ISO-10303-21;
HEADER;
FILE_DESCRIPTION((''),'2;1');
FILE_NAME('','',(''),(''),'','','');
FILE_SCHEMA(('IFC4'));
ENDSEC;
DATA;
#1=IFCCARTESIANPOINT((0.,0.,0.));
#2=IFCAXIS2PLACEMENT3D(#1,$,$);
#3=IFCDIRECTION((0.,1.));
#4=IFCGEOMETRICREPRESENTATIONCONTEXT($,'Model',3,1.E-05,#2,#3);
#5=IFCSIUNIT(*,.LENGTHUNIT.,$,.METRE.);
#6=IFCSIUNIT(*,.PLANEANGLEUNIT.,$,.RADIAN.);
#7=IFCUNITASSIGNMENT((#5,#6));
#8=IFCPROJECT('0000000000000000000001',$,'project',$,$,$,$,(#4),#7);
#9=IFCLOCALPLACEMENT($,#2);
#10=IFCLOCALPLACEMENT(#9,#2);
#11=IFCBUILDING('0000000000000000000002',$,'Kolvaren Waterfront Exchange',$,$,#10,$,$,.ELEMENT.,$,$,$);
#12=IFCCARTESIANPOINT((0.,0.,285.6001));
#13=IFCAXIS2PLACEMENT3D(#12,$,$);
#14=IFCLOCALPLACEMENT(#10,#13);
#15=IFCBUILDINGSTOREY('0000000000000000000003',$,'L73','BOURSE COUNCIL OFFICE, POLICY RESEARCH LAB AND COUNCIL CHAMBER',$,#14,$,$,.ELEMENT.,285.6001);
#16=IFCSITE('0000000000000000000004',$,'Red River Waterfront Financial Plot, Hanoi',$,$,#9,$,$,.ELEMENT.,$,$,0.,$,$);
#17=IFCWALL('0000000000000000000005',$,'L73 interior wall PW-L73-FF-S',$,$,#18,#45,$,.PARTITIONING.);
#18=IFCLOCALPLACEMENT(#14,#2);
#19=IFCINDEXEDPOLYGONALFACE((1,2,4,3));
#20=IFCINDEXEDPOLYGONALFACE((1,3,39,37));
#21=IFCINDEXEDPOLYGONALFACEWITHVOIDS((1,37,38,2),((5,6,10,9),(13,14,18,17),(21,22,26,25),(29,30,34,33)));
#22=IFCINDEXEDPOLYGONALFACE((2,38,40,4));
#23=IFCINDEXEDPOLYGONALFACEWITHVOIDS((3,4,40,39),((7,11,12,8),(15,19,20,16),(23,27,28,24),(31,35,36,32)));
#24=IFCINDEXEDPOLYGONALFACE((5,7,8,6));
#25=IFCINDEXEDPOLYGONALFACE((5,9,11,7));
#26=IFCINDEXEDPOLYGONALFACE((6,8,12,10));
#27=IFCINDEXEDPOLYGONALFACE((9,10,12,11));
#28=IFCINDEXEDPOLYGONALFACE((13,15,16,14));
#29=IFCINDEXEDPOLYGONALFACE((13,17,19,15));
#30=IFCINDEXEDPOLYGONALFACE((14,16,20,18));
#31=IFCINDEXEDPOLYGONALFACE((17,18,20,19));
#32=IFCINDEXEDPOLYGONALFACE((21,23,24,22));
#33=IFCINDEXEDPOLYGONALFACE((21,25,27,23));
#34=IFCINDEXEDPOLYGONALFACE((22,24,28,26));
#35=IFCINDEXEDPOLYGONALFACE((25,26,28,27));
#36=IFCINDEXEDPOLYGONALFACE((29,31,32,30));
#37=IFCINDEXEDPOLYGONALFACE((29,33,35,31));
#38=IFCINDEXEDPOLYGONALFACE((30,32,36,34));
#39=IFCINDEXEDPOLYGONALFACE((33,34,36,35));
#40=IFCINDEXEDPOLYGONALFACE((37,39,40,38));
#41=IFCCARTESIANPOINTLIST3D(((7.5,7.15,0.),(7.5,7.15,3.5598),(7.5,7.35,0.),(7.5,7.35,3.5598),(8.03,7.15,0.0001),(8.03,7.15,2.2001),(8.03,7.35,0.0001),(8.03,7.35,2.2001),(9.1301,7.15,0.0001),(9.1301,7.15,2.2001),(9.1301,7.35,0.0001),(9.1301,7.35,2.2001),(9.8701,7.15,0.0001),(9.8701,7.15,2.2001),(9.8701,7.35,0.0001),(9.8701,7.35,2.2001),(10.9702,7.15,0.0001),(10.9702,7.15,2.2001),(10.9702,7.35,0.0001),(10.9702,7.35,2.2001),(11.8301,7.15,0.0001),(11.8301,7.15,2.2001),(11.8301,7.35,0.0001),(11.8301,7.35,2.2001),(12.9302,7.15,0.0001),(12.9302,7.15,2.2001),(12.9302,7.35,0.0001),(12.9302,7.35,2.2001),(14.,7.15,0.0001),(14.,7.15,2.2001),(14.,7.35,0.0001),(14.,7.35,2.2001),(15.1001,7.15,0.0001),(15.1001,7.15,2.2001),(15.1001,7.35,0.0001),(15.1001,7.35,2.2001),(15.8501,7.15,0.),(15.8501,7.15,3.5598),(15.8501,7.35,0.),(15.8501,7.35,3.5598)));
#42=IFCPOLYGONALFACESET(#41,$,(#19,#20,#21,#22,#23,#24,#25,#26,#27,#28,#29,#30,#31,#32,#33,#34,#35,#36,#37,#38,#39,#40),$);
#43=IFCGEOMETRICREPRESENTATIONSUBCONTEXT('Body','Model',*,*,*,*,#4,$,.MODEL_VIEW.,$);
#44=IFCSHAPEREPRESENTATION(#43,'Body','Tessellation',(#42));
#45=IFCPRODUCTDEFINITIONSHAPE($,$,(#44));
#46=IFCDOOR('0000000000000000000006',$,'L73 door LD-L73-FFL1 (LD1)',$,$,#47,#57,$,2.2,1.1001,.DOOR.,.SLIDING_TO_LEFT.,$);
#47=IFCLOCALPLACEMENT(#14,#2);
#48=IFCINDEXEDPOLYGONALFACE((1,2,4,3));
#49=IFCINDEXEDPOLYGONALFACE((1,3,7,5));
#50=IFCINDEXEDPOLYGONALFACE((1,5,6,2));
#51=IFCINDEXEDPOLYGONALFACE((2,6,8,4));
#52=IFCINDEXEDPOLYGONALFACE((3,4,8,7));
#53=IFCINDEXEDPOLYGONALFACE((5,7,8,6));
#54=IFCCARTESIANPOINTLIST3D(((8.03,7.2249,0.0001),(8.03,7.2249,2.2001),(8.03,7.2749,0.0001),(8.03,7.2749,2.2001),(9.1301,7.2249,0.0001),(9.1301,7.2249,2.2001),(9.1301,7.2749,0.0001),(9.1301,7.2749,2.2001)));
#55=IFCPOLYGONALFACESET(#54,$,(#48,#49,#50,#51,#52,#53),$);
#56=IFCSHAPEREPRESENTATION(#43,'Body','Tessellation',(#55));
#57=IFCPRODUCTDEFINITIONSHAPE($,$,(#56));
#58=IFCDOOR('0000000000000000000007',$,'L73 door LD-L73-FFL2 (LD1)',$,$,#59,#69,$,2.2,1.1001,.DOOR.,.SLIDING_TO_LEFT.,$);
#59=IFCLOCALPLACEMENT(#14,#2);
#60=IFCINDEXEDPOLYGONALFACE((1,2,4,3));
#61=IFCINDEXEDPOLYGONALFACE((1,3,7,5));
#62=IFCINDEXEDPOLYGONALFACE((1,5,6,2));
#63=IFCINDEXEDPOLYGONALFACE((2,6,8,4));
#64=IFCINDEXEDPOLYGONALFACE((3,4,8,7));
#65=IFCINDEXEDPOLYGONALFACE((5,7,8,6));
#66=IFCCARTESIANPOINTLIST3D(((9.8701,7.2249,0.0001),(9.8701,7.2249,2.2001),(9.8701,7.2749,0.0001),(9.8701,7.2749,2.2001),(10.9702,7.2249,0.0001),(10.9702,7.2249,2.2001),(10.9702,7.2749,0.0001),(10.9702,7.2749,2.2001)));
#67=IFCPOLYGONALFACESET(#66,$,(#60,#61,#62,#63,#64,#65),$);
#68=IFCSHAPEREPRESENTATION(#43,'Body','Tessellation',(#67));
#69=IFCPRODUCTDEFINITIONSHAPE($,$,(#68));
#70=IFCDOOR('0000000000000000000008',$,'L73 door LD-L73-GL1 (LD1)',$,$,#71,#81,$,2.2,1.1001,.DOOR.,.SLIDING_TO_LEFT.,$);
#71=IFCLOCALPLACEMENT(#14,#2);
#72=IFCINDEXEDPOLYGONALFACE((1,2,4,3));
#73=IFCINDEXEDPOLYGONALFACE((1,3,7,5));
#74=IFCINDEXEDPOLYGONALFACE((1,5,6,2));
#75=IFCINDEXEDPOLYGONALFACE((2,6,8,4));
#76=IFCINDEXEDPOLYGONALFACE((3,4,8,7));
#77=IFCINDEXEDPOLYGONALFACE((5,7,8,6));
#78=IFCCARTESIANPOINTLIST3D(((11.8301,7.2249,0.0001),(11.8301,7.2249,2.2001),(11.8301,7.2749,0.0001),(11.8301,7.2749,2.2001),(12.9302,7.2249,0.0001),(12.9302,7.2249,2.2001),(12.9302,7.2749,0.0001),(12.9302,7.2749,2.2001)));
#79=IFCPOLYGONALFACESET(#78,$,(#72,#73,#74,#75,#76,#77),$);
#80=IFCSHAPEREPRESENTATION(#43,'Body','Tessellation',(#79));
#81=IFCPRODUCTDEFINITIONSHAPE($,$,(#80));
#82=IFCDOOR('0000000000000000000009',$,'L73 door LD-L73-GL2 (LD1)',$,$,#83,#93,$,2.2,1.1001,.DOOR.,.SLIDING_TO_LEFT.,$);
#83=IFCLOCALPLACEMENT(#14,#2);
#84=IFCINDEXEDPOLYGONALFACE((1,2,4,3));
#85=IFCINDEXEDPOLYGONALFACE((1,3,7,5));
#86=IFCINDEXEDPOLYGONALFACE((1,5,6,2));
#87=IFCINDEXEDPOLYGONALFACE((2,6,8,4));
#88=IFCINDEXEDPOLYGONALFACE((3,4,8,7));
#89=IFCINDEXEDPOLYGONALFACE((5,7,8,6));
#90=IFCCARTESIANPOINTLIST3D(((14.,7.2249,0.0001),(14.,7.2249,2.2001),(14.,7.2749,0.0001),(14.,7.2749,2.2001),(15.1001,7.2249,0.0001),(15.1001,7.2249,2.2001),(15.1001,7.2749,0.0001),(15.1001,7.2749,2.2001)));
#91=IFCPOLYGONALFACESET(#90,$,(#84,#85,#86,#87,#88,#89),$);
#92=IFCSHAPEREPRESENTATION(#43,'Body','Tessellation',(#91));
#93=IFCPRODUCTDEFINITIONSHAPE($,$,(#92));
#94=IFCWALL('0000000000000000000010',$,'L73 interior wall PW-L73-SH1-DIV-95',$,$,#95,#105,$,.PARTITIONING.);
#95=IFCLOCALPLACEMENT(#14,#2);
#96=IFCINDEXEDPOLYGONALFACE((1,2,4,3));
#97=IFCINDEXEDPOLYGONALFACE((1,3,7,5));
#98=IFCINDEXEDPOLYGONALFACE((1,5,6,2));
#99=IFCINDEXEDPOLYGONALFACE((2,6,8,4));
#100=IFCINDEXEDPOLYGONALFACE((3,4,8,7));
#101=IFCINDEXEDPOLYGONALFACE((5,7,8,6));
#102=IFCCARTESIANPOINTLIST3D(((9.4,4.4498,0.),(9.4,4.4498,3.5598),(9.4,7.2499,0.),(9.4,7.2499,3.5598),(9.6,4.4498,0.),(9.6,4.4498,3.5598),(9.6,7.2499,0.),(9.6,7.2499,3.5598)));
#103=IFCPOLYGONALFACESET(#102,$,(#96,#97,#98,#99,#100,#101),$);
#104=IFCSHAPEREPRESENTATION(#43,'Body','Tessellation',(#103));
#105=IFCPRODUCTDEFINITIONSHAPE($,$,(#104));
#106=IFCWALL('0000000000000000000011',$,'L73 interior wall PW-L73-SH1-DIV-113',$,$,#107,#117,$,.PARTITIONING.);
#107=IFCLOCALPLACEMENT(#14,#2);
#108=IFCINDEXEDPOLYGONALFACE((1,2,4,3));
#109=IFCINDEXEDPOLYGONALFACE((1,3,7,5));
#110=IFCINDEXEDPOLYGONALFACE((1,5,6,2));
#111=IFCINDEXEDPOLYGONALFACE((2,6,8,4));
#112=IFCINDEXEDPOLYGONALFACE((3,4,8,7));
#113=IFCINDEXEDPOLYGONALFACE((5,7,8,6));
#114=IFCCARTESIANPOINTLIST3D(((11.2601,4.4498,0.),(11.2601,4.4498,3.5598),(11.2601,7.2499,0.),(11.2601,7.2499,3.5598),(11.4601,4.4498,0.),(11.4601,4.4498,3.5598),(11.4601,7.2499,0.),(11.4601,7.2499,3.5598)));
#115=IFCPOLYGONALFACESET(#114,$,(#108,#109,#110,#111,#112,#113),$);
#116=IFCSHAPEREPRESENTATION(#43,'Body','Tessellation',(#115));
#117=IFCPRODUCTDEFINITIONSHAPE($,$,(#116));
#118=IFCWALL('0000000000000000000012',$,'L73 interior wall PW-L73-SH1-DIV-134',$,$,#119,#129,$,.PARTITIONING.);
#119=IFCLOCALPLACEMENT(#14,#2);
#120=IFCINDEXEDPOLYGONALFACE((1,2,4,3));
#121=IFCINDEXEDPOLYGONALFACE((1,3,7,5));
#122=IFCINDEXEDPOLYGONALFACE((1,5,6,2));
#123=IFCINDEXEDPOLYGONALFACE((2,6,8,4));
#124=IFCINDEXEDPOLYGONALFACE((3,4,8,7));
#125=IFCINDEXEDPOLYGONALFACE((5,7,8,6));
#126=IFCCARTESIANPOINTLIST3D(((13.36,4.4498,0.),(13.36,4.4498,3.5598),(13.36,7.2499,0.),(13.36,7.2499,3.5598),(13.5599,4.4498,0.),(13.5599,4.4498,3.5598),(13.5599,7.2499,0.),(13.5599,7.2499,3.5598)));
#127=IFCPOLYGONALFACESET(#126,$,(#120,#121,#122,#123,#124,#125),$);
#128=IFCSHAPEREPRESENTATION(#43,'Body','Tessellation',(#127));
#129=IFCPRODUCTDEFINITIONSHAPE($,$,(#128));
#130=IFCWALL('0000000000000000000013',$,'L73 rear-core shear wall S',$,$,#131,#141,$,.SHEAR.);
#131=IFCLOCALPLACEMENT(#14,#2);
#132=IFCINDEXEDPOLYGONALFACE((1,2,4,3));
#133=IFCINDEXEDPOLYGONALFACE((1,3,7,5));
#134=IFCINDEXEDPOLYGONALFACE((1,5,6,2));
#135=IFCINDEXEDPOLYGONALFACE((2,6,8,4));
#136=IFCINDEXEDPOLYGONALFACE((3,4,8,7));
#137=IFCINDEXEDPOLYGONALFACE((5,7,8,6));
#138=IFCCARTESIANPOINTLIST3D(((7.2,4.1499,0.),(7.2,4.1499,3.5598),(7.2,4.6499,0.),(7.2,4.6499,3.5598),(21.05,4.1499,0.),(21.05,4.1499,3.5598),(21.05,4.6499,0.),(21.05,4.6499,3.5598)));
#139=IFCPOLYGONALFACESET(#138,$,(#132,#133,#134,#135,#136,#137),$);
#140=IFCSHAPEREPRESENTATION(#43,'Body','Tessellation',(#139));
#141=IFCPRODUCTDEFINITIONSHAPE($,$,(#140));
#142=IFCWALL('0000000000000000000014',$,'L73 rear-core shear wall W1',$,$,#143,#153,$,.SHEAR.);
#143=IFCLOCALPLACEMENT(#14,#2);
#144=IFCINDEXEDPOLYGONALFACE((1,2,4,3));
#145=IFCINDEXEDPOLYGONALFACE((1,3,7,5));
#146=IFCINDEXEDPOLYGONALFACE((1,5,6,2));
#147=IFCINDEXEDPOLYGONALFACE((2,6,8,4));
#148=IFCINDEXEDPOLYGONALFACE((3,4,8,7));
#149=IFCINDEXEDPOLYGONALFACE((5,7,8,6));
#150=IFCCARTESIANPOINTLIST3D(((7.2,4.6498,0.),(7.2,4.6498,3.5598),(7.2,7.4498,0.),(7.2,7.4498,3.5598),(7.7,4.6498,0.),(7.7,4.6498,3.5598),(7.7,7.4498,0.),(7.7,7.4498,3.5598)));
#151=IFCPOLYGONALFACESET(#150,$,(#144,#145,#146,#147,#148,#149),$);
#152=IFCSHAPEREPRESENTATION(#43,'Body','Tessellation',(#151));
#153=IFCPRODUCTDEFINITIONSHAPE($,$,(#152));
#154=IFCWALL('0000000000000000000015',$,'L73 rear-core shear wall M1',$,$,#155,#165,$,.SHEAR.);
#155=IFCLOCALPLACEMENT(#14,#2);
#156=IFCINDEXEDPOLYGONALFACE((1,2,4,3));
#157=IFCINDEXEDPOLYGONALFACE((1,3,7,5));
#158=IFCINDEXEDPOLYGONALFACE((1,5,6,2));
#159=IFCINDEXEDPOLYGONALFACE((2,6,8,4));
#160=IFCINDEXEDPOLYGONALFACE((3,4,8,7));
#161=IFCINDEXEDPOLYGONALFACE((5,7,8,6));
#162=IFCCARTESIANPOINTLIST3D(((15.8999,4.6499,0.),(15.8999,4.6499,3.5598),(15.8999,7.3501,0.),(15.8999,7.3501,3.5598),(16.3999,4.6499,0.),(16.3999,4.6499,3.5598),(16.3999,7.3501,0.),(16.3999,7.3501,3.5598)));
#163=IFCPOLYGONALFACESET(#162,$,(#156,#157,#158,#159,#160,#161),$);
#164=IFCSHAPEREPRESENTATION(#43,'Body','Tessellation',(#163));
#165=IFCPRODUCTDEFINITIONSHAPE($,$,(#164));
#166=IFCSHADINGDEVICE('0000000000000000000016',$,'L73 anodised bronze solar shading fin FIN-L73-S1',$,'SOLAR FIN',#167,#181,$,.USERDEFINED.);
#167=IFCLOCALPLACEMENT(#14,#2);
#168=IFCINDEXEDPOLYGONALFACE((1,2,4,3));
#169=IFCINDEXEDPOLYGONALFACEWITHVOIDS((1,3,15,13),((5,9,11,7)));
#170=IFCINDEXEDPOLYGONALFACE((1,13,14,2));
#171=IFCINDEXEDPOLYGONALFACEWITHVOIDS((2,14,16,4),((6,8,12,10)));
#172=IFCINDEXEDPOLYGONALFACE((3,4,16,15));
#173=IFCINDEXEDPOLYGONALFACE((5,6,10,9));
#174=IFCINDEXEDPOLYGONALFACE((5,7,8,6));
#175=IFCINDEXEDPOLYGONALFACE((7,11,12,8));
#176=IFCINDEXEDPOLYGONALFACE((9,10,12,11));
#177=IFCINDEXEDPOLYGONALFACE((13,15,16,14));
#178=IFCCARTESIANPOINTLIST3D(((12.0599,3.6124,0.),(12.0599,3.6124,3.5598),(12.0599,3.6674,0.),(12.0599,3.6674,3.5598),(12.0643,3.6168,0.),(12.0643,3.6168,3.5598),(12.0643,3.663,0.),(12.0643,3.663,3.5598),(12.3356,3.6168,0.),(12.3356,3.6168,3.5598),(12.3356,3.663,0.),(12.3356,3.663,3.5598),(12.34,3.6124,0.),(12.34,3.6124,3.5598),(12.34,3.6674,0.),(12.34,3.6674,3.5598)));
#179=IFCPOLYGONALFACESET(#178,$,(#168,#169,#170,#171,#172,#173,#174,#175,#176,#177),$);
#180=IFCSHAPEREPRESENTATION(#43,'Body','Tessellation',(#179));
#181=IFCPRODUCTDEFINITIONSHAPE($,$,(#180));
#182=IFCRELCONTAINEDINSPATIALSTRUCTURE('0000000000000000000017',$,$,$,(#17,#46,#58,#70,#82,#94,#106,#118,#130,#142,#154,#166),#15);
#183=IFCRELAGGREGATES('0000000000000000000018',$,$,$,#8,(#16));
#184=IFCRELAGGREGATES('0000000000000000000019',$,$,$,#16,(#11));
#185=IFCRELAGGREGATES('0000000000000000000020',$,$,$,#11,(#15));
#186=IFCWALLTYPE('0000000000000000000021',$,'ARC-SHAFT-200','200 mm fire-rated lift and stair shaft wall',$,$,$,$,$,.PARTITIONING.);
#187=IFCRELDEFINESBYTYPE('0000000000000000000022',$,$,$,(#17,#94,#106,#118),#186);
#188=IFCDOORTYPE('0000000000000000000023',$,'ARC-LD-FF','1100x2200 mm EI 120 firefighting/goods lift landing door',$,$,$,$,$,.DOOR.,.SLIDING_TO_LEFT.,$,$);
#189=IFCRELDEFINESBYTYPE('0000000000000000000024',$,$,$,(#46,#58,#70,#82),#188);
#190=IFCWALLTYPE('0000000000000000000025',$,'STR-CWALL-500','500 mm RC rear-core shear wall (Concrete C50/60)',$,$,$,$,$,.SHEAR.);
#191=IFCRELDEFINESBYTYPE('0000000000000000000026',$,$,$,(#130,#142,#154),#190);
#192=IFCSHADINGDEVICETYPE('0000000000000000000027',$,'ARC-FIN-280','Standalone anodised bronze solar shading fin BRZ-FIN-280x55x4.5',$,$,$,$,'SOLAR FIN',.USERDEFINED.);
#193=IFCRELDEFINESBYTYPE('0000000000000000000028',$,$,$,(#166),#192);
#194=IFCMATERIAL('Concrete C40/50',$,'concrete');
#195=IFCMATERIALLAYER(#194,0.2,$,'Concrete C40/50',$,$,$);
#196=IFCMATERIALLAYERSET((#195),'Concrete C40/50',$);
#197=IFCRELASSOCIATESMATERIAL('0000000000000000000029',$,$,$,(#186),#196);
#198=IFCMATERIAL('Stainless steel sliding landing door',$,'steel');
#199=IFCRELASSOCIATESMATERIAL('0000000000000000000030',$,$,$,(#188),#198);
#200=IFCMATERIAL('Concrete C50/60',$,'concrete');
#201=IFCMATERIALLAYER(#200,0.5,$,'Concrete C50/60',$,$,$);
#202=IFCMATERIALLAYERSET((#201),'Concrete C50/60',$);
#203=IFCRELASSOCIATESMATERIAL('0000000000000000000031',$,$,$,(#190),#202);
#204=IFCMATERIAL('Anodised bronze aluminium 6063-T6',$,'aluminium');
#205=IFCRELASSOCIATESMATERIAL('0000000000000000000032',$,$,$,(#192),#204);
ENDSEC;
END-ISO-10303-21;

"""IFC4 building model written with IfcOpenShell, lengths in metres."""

from ifc_helpers import new_model, si_unit, direction, frame, frame_2d, origin, origin_2d, place, context, subcontext, project, spatial, rectangle, hollow_rectangle, extrude, material, layer, layer_set, material_profile, profile_set, type_object, element, fill, save


model = new_model("IFC4")

# Units and contexts
model_context = context("Model", 3, precision=1e-05, world=origin(), true_north=direction((0.0, 1.0)))
body_context = subcontext(model_context, "Body", "Model", "MODEL_VIEW")
ifc_project = project(units=[si_unit("LENGTHUNIT", "METRE"), si_unit("PLANEANGLEUNIT", "RADIAN")], contexts=[model_context])

# Site, building, storey
site_placement = place(None, origin())
site = spatial("IfcSite", under=ifc_project, at=site_placement, Name="Red River Waterfront Financial Plot, Hanoi", CompositionType="ELEMENT", RefElevation=0.0)
building_placement = place(site_placement, origin())
building = spatial("IfcBuilding", under=site, at=building_placement, Name="Kolvaren Waterfront Exchange", CompositionType="ELEMENT")
storey_placement = place(building_placement, frame((0.0, 0.0, 285.6001)))
storey = spatial("IfcBuildingStorey", under=building, at=storey_placement, Name="L73", Description="BOURSE COUNCIL OFFICE, POLICY RESEARCH LAB AND COUNCIL CHAMBER", CompositionType="ELEMENT", Elevation=285.6001)

# Shared definitions
ifc_material_1 = material(Name="Concrete C50/60", Category="concrete")

# Shared definitions
ifc_material_2 = material(Name="Anodised bronze aluminium 6063-T6", Category="aluminium")

# Shared definitions
ifc_material_3 = material(Name="Concrete C40/50", Category="concrete")
ifc_layer_1 = layer(ifc_material_3, 0.2, Name="Concrete C40/50")
ifc_layer_set_1 = layer_set([ifc_layer_1], Name="Concrete C40/50")
wall_type_1 = type_object("IfcWallType", Name="ARC-SHAFT-200", Description="200 mm fire-rated lift and stair shaft wall", PredefinedType="PARTITIONING", material=ifc_layer_set_1)

# Wall, openings, doors
wall_1_placement = place(storey_placement, frame((7.5, 7.25, 0.0), z_axis=(0.0, 0.0, 1.0), x_axis=(1.0, 0.0, 0.0)))
wall_1 = element("IfcWall", 1, at=wall_1_placement, inside=storey, type_object=wall_type_1, Name="L73 interior wall PW-L73-FF-S", PredefinedType="PARTITIONING", context=body_context, shape_type="SweptSolid", body=[
    extrude(rectangle(XDim=8.3501, YDim=0.2, at=frame_2d((4.175, 0.0))), origin(), (0.0, 0.0, 1.0), 3.5598),
])
opening_1_placement = place(wall_1_placement, frame((0.53, 0.0, 0.0)))
opening_1 = element("IfcOpeningElement", 2, at=opening_1_placement, cuts=wall_1, PredefinedType="OPENING", context=body_context, shape_type="SweptSolid", body=[
    extrude(rectangle(XDim=1.1001, YDim=2.2, at=frame_2d((0.55, 1.1001))), frame((0.0, 0.1099, 0.0), z_axis=(0.0, -1.0, 0.0), x_axis=(1.0, 0.0, 0.0)), (0.0, 0.0, 1.0), 0.22),
])
opening_2_placement = place(wall_1_placement, frame((2.3701, 0.0, 0.0)))
opening_2 = element("IfcOpeningElement", 3, at=opening_2_placement, cuts=wall_1, PredefinedType="OPENING", context=body_context, shape_type="SweptSolid", body=[
    extrude(rectangle(XDim=1.1001, YDim=2.2, at=frame_2d((0.55, 1.1001))), frame((0.0, 0.1099, 0.0), z_axis=(0.0, -1.0, 0.0), x_axis=(1.0, 0.0, 0.0)), (0.0, 0.0, 1.0), 0.22),
])
opening_3_placement = place(wall_1_placement, frame((4.3301, 0.0, 0.0)))
opening_3 = element("IfcOpeningElement", 4, at=opening_3_placement, cuts=wall_1, PredefinedType="OPENING", context=body_context, shape_type="SweptSolid", body=[
    extrude(rectangle(XDim=1.1001, YDim=2.2, at=frame_2d((0.55, 1.1001))), frame((0.0, 0.1099, 0.0), z_axis=(0.0, -1.0, 0.0), x_axis=(1.0, 0.0, 0.0)), (0.0, 0.0, 1.0), 0.22),
])
opening_4_placement = place(wall_1_placement, frame((6.5, 0.0, 0.0)))
opening_4 = element("IfcOpeningElement", 5, at=opening_4_placement, cuts=wall_1, PredefinedType="OPENING", context=body_context, shape_type="SweptSolid", body=[
    extrude(rectangle(XDim=1.1001, YDim=2.2, at=frame_2d((0.55, 1.1001))), frame((0.0, 0.1099, 0.0), z_axis=(0.0, -1.0, 0.0), x_axis=(1.0, 0.0, 0.0)), (0.0, 0.0, 1.0), 0.22),
])
ifc_material_4 = material(Name="Stainless steel sliding landing door", Category="steel")
door_type = type_object("IfcDoorType", Name="ARC-LD-FF", Description="1100x2200 mm EI 120 firefighting/goods lift landing door", OperationType="SLIDING_TO_LEFT", PredefinedType="DOOR", material=ifc_material_4)
door_1_placement = place(opening_1_placement, origin())
door_1 = element("IfcDoor", 6, at=door_1_placement, inside=storey, type_object=door_type, Name="L73 door LD-L73-FFL1 (LD1)", OperationType="SLIDING_TO_LEFT", OverallHeight=2.2, OverallWidth=1.1001, PredefinedType="DOOR", context=body_context, shape_type="SweptSolid", body=[
    extrude(rectangle(XDim=1.1001, YDim=2.2, at=frame_2d((0.55, 1.1001))), frame((0.0, 0.0249, 0.0), z_axis=(0.0, -1.0, 0.0), x_axis=(1.0, 0.0, 0.0)), (0.0, 0.0, 1.0), 0.05),
])
fill(opening_1, door_1)
door_2_placement = place(opening_2_placement, origin())
door_2 = element("IfcDoor", 7, at=door_2_placement, inside=storey, type_object=door_type, Name="L73 door LD-L73-FFL2 (LD1)", OperationType="SLIDING_TO_LEFT", OverallHeight=2.2, OverallWidth=1.1001, PredefinedType="DOOR", context=body_context, shape_type="SweptSolid", body=[
    extrude(rectangle(XDim=1.1001, YDim=2.2, at=frame_2d((0.55, 1.1001))), frame((0.0, 0.0249, 0.0), z_axis=(0.0, -1.0, 0.0), x_axis=(1.0, 0.0, 0.0)), (0.0, 0.0, 1.0), 0.05),
])
fill(opening_2, door_2)
door_3_placement = place(opening_3_placement, origin())
door_3 = element("IfcDoor", 8, at=door_3_placement, inside=storey, type_object=door_type, Name="L73 door LD-L73-GL1 (LD1)", OperationType="SLIDING_TO_LEFT", OverallHeight=2.2, OverallWidth=1.1001, PredefinedType="DOOR", context=body_context, shape_type="SweptSolid", body=[
    extrude(rectangle(XDim=1.1001, YDim=2.2, at=frame_2d((0.55, 1.1001))), frame((0.0, 0.0249, 0.0), z_axis=(0.0, -1.0, 0.0), x_axis=(1.0, 0.0, 0.0)), (0.0, 0.0, 1.0), 0.05),
])
fill(opening_3, door_3)
door_4_placement = place(opening_4_placement, origin())
door_4 = element("IfcDoor", 9, at=door_4_placement, inside=storey, type_object=door_type, Name="L73 door LD-L73-GL2 (LD1)", OperationType="SLIDING_TO_LEFT", OverallHeight=2.2, OverallWidth=1.1001, PredefinedType="DOOR", context=body_context, shape_type="SweptSolid", body=[
    extrude(rectangle(XDim=1.1001, YDim=2.2, at=frame_2d((0.55, 1.1001))), frame((0.0, 0.0249, 0.0), z_axis=(0.0, -1.0, 0.0), x_axis=(1.0, 0.0, 0.0)), (0.0, 0.0, 1.0), 0.05),
])
fill(opening_4, door_4)

# Walls
for number, where, z_axis, x_axis, name in (
    (10, (9.5, 4.45, 0.0), (0.0, 0.0, 1.0), (0.0, 1.0, 0.0), "L73 interior wall PW-L73-SH1-DIV-95"),
    (11, (11.3601, 4.45, 0.0), (0.0, 0.0, 1.0), (0.0, 1.0, 0.0), "L73 interior wall PW-L73-SH1-DIV-113"),
    (12, (13.46, 4.45, 0.0), (0.0, 0.0, 1.0), (0.0, 1.0, 0.0), "L73 interior wall PW-L73-SH1-DIV-134"),
):
    element("IfcWall", number, at=place(storey_placement, frame(where, z_axis=z_axis, x_axis=x_axis)), inside=storey, type_object=wall_type_1, Name=name, PredefinedType="PARTITIONING", context=body_context, shape_type="SweptSolid", body=[
        extrude(rectangle(XDim=2.8, YDim=0.2, at=frame_2d((1.3999, 0.0))), origin(), (0.0, 0.0, 1.0), 3.5598),
    ])
ifc_layer_2 = layer(ifc_material_1, 0.5, Name="Concrete C50/60")
ifc_layer_set_2 = layer_set([ifc_layer_2], Name="Concrete C50/60")
wall_type_2 = type_object("IfcWallType", Name="STR-CWALL-500", Description="500 mm RC rear-core shear wall (Concrete C50/60)", PredefinedType="SHEAR", material=ifc_layer_set_2)
wall_2_placement = place(storey_placement, frame((7.2, 4.3999, 0.0), z_axis=(0.0, 0.0, 1.0), x_axis=(1.0, 0.0, 0.0)))
element("IfcWall", 13, at=wall_2_placement, inside=storey, type_object=wall_type_2, Name="L73 rear-core shear wall S", PredefinedType="SHEAR", context=body_context, shape_type="SweptSolid", body=[
    extrude(rectangle(XDim=13.8501, YDim=0.5, at=frame_2d((6.925, 0.0))), origin(), (0.0, 0.0, 1.0), 3.5598),
])
wall_3_placement = place(storey_placement, frame((7.45, 4.6499, 0.0), z_axis=(0.0, 0.0, 1.0), x_axis=(0.0, 1.0, 0.0)))
element("IfcWall", 14, at=wall_3_placement, inside=storey, type_object=wall_type_2, Name="L73 rear-core shear wall W1", PredefinedType="SHEAR", context=body_context, shape_type="SweptSolid", body=[
    extrude(rectangle(XDim=2.8, YDim=0.5, at=frame_2d((1.3999, 0.0))), origin(), (0.0, 0.0, 1.0), 3.5598),
])
wall_4_placement = place(storey_placement, frame((16.1499, 4.6499, 0.0), z_axis=(0.0, 0.0, 1.0), x_axis=(0.0, 1.0, 0.0)))
element("IfcWall", 15, at=wall_4_placement, inside=storey, type_object=wall_type_2, Name="L73 rear-core shear wall M1", PredefinedType="SHEAR", context=body_context, shape_type="SweptSolid", body=[
    extrude(rectangle(XDim=2.7002, YDim=0.5, at=frame_2d((1.3501, 0.0))), origin(), (0.0, 0.0, 1.0), 3.5598),
])

# Shading device
ifc_material_profile_1 = material_profile(ifc_material_2, hollow_rectangle(XDim=0.0549, YDim=0.28, WallThickness=0.0044, at=origin_2d()), Name="BRZ-FIN-280x55x4.5")
ifc_profile_set_1 = profile_set([ifc_material_profile_1], Name="Anodised bronze aluminium 6063-T6")
shading_device_type = type_object("IfcShadingDeviceType", Name="ARC-FIN-280", Description="Standalone anodised bronze solar shading fin BRZ-FIN-280x55x4.5", ElementType="SOLAR FIN", PredefinedType="USERDEFINED", material=ifc_profile_set_1)
shading_device_placement = place(storey_placement, frame((12.2, 3.6399, 0.0), z_axis=(0.0, 0.0, 1.0), x_axis=(0.0, -1.0, 0.0)))
element("IfcShadingDevice", 16, at=shading_device_placement, inside=storey, type_object=shading_device_type, Name="L73 anodised bronze solar shading fin FIN-L73-S1", ObjectType="SOLAR FIN", PredefinedType="USERDEFINED", context=body_context, shape_type="SweptSolid", body=[
    extrude(hollow_rectangle(XDim=0.0549, YDim=0.28, WallThickness=0.0044, at=origin_2d()), origin(), (0.0, 0.0, 1.0), 3.5598),
])

save(model, "model.ifc")
